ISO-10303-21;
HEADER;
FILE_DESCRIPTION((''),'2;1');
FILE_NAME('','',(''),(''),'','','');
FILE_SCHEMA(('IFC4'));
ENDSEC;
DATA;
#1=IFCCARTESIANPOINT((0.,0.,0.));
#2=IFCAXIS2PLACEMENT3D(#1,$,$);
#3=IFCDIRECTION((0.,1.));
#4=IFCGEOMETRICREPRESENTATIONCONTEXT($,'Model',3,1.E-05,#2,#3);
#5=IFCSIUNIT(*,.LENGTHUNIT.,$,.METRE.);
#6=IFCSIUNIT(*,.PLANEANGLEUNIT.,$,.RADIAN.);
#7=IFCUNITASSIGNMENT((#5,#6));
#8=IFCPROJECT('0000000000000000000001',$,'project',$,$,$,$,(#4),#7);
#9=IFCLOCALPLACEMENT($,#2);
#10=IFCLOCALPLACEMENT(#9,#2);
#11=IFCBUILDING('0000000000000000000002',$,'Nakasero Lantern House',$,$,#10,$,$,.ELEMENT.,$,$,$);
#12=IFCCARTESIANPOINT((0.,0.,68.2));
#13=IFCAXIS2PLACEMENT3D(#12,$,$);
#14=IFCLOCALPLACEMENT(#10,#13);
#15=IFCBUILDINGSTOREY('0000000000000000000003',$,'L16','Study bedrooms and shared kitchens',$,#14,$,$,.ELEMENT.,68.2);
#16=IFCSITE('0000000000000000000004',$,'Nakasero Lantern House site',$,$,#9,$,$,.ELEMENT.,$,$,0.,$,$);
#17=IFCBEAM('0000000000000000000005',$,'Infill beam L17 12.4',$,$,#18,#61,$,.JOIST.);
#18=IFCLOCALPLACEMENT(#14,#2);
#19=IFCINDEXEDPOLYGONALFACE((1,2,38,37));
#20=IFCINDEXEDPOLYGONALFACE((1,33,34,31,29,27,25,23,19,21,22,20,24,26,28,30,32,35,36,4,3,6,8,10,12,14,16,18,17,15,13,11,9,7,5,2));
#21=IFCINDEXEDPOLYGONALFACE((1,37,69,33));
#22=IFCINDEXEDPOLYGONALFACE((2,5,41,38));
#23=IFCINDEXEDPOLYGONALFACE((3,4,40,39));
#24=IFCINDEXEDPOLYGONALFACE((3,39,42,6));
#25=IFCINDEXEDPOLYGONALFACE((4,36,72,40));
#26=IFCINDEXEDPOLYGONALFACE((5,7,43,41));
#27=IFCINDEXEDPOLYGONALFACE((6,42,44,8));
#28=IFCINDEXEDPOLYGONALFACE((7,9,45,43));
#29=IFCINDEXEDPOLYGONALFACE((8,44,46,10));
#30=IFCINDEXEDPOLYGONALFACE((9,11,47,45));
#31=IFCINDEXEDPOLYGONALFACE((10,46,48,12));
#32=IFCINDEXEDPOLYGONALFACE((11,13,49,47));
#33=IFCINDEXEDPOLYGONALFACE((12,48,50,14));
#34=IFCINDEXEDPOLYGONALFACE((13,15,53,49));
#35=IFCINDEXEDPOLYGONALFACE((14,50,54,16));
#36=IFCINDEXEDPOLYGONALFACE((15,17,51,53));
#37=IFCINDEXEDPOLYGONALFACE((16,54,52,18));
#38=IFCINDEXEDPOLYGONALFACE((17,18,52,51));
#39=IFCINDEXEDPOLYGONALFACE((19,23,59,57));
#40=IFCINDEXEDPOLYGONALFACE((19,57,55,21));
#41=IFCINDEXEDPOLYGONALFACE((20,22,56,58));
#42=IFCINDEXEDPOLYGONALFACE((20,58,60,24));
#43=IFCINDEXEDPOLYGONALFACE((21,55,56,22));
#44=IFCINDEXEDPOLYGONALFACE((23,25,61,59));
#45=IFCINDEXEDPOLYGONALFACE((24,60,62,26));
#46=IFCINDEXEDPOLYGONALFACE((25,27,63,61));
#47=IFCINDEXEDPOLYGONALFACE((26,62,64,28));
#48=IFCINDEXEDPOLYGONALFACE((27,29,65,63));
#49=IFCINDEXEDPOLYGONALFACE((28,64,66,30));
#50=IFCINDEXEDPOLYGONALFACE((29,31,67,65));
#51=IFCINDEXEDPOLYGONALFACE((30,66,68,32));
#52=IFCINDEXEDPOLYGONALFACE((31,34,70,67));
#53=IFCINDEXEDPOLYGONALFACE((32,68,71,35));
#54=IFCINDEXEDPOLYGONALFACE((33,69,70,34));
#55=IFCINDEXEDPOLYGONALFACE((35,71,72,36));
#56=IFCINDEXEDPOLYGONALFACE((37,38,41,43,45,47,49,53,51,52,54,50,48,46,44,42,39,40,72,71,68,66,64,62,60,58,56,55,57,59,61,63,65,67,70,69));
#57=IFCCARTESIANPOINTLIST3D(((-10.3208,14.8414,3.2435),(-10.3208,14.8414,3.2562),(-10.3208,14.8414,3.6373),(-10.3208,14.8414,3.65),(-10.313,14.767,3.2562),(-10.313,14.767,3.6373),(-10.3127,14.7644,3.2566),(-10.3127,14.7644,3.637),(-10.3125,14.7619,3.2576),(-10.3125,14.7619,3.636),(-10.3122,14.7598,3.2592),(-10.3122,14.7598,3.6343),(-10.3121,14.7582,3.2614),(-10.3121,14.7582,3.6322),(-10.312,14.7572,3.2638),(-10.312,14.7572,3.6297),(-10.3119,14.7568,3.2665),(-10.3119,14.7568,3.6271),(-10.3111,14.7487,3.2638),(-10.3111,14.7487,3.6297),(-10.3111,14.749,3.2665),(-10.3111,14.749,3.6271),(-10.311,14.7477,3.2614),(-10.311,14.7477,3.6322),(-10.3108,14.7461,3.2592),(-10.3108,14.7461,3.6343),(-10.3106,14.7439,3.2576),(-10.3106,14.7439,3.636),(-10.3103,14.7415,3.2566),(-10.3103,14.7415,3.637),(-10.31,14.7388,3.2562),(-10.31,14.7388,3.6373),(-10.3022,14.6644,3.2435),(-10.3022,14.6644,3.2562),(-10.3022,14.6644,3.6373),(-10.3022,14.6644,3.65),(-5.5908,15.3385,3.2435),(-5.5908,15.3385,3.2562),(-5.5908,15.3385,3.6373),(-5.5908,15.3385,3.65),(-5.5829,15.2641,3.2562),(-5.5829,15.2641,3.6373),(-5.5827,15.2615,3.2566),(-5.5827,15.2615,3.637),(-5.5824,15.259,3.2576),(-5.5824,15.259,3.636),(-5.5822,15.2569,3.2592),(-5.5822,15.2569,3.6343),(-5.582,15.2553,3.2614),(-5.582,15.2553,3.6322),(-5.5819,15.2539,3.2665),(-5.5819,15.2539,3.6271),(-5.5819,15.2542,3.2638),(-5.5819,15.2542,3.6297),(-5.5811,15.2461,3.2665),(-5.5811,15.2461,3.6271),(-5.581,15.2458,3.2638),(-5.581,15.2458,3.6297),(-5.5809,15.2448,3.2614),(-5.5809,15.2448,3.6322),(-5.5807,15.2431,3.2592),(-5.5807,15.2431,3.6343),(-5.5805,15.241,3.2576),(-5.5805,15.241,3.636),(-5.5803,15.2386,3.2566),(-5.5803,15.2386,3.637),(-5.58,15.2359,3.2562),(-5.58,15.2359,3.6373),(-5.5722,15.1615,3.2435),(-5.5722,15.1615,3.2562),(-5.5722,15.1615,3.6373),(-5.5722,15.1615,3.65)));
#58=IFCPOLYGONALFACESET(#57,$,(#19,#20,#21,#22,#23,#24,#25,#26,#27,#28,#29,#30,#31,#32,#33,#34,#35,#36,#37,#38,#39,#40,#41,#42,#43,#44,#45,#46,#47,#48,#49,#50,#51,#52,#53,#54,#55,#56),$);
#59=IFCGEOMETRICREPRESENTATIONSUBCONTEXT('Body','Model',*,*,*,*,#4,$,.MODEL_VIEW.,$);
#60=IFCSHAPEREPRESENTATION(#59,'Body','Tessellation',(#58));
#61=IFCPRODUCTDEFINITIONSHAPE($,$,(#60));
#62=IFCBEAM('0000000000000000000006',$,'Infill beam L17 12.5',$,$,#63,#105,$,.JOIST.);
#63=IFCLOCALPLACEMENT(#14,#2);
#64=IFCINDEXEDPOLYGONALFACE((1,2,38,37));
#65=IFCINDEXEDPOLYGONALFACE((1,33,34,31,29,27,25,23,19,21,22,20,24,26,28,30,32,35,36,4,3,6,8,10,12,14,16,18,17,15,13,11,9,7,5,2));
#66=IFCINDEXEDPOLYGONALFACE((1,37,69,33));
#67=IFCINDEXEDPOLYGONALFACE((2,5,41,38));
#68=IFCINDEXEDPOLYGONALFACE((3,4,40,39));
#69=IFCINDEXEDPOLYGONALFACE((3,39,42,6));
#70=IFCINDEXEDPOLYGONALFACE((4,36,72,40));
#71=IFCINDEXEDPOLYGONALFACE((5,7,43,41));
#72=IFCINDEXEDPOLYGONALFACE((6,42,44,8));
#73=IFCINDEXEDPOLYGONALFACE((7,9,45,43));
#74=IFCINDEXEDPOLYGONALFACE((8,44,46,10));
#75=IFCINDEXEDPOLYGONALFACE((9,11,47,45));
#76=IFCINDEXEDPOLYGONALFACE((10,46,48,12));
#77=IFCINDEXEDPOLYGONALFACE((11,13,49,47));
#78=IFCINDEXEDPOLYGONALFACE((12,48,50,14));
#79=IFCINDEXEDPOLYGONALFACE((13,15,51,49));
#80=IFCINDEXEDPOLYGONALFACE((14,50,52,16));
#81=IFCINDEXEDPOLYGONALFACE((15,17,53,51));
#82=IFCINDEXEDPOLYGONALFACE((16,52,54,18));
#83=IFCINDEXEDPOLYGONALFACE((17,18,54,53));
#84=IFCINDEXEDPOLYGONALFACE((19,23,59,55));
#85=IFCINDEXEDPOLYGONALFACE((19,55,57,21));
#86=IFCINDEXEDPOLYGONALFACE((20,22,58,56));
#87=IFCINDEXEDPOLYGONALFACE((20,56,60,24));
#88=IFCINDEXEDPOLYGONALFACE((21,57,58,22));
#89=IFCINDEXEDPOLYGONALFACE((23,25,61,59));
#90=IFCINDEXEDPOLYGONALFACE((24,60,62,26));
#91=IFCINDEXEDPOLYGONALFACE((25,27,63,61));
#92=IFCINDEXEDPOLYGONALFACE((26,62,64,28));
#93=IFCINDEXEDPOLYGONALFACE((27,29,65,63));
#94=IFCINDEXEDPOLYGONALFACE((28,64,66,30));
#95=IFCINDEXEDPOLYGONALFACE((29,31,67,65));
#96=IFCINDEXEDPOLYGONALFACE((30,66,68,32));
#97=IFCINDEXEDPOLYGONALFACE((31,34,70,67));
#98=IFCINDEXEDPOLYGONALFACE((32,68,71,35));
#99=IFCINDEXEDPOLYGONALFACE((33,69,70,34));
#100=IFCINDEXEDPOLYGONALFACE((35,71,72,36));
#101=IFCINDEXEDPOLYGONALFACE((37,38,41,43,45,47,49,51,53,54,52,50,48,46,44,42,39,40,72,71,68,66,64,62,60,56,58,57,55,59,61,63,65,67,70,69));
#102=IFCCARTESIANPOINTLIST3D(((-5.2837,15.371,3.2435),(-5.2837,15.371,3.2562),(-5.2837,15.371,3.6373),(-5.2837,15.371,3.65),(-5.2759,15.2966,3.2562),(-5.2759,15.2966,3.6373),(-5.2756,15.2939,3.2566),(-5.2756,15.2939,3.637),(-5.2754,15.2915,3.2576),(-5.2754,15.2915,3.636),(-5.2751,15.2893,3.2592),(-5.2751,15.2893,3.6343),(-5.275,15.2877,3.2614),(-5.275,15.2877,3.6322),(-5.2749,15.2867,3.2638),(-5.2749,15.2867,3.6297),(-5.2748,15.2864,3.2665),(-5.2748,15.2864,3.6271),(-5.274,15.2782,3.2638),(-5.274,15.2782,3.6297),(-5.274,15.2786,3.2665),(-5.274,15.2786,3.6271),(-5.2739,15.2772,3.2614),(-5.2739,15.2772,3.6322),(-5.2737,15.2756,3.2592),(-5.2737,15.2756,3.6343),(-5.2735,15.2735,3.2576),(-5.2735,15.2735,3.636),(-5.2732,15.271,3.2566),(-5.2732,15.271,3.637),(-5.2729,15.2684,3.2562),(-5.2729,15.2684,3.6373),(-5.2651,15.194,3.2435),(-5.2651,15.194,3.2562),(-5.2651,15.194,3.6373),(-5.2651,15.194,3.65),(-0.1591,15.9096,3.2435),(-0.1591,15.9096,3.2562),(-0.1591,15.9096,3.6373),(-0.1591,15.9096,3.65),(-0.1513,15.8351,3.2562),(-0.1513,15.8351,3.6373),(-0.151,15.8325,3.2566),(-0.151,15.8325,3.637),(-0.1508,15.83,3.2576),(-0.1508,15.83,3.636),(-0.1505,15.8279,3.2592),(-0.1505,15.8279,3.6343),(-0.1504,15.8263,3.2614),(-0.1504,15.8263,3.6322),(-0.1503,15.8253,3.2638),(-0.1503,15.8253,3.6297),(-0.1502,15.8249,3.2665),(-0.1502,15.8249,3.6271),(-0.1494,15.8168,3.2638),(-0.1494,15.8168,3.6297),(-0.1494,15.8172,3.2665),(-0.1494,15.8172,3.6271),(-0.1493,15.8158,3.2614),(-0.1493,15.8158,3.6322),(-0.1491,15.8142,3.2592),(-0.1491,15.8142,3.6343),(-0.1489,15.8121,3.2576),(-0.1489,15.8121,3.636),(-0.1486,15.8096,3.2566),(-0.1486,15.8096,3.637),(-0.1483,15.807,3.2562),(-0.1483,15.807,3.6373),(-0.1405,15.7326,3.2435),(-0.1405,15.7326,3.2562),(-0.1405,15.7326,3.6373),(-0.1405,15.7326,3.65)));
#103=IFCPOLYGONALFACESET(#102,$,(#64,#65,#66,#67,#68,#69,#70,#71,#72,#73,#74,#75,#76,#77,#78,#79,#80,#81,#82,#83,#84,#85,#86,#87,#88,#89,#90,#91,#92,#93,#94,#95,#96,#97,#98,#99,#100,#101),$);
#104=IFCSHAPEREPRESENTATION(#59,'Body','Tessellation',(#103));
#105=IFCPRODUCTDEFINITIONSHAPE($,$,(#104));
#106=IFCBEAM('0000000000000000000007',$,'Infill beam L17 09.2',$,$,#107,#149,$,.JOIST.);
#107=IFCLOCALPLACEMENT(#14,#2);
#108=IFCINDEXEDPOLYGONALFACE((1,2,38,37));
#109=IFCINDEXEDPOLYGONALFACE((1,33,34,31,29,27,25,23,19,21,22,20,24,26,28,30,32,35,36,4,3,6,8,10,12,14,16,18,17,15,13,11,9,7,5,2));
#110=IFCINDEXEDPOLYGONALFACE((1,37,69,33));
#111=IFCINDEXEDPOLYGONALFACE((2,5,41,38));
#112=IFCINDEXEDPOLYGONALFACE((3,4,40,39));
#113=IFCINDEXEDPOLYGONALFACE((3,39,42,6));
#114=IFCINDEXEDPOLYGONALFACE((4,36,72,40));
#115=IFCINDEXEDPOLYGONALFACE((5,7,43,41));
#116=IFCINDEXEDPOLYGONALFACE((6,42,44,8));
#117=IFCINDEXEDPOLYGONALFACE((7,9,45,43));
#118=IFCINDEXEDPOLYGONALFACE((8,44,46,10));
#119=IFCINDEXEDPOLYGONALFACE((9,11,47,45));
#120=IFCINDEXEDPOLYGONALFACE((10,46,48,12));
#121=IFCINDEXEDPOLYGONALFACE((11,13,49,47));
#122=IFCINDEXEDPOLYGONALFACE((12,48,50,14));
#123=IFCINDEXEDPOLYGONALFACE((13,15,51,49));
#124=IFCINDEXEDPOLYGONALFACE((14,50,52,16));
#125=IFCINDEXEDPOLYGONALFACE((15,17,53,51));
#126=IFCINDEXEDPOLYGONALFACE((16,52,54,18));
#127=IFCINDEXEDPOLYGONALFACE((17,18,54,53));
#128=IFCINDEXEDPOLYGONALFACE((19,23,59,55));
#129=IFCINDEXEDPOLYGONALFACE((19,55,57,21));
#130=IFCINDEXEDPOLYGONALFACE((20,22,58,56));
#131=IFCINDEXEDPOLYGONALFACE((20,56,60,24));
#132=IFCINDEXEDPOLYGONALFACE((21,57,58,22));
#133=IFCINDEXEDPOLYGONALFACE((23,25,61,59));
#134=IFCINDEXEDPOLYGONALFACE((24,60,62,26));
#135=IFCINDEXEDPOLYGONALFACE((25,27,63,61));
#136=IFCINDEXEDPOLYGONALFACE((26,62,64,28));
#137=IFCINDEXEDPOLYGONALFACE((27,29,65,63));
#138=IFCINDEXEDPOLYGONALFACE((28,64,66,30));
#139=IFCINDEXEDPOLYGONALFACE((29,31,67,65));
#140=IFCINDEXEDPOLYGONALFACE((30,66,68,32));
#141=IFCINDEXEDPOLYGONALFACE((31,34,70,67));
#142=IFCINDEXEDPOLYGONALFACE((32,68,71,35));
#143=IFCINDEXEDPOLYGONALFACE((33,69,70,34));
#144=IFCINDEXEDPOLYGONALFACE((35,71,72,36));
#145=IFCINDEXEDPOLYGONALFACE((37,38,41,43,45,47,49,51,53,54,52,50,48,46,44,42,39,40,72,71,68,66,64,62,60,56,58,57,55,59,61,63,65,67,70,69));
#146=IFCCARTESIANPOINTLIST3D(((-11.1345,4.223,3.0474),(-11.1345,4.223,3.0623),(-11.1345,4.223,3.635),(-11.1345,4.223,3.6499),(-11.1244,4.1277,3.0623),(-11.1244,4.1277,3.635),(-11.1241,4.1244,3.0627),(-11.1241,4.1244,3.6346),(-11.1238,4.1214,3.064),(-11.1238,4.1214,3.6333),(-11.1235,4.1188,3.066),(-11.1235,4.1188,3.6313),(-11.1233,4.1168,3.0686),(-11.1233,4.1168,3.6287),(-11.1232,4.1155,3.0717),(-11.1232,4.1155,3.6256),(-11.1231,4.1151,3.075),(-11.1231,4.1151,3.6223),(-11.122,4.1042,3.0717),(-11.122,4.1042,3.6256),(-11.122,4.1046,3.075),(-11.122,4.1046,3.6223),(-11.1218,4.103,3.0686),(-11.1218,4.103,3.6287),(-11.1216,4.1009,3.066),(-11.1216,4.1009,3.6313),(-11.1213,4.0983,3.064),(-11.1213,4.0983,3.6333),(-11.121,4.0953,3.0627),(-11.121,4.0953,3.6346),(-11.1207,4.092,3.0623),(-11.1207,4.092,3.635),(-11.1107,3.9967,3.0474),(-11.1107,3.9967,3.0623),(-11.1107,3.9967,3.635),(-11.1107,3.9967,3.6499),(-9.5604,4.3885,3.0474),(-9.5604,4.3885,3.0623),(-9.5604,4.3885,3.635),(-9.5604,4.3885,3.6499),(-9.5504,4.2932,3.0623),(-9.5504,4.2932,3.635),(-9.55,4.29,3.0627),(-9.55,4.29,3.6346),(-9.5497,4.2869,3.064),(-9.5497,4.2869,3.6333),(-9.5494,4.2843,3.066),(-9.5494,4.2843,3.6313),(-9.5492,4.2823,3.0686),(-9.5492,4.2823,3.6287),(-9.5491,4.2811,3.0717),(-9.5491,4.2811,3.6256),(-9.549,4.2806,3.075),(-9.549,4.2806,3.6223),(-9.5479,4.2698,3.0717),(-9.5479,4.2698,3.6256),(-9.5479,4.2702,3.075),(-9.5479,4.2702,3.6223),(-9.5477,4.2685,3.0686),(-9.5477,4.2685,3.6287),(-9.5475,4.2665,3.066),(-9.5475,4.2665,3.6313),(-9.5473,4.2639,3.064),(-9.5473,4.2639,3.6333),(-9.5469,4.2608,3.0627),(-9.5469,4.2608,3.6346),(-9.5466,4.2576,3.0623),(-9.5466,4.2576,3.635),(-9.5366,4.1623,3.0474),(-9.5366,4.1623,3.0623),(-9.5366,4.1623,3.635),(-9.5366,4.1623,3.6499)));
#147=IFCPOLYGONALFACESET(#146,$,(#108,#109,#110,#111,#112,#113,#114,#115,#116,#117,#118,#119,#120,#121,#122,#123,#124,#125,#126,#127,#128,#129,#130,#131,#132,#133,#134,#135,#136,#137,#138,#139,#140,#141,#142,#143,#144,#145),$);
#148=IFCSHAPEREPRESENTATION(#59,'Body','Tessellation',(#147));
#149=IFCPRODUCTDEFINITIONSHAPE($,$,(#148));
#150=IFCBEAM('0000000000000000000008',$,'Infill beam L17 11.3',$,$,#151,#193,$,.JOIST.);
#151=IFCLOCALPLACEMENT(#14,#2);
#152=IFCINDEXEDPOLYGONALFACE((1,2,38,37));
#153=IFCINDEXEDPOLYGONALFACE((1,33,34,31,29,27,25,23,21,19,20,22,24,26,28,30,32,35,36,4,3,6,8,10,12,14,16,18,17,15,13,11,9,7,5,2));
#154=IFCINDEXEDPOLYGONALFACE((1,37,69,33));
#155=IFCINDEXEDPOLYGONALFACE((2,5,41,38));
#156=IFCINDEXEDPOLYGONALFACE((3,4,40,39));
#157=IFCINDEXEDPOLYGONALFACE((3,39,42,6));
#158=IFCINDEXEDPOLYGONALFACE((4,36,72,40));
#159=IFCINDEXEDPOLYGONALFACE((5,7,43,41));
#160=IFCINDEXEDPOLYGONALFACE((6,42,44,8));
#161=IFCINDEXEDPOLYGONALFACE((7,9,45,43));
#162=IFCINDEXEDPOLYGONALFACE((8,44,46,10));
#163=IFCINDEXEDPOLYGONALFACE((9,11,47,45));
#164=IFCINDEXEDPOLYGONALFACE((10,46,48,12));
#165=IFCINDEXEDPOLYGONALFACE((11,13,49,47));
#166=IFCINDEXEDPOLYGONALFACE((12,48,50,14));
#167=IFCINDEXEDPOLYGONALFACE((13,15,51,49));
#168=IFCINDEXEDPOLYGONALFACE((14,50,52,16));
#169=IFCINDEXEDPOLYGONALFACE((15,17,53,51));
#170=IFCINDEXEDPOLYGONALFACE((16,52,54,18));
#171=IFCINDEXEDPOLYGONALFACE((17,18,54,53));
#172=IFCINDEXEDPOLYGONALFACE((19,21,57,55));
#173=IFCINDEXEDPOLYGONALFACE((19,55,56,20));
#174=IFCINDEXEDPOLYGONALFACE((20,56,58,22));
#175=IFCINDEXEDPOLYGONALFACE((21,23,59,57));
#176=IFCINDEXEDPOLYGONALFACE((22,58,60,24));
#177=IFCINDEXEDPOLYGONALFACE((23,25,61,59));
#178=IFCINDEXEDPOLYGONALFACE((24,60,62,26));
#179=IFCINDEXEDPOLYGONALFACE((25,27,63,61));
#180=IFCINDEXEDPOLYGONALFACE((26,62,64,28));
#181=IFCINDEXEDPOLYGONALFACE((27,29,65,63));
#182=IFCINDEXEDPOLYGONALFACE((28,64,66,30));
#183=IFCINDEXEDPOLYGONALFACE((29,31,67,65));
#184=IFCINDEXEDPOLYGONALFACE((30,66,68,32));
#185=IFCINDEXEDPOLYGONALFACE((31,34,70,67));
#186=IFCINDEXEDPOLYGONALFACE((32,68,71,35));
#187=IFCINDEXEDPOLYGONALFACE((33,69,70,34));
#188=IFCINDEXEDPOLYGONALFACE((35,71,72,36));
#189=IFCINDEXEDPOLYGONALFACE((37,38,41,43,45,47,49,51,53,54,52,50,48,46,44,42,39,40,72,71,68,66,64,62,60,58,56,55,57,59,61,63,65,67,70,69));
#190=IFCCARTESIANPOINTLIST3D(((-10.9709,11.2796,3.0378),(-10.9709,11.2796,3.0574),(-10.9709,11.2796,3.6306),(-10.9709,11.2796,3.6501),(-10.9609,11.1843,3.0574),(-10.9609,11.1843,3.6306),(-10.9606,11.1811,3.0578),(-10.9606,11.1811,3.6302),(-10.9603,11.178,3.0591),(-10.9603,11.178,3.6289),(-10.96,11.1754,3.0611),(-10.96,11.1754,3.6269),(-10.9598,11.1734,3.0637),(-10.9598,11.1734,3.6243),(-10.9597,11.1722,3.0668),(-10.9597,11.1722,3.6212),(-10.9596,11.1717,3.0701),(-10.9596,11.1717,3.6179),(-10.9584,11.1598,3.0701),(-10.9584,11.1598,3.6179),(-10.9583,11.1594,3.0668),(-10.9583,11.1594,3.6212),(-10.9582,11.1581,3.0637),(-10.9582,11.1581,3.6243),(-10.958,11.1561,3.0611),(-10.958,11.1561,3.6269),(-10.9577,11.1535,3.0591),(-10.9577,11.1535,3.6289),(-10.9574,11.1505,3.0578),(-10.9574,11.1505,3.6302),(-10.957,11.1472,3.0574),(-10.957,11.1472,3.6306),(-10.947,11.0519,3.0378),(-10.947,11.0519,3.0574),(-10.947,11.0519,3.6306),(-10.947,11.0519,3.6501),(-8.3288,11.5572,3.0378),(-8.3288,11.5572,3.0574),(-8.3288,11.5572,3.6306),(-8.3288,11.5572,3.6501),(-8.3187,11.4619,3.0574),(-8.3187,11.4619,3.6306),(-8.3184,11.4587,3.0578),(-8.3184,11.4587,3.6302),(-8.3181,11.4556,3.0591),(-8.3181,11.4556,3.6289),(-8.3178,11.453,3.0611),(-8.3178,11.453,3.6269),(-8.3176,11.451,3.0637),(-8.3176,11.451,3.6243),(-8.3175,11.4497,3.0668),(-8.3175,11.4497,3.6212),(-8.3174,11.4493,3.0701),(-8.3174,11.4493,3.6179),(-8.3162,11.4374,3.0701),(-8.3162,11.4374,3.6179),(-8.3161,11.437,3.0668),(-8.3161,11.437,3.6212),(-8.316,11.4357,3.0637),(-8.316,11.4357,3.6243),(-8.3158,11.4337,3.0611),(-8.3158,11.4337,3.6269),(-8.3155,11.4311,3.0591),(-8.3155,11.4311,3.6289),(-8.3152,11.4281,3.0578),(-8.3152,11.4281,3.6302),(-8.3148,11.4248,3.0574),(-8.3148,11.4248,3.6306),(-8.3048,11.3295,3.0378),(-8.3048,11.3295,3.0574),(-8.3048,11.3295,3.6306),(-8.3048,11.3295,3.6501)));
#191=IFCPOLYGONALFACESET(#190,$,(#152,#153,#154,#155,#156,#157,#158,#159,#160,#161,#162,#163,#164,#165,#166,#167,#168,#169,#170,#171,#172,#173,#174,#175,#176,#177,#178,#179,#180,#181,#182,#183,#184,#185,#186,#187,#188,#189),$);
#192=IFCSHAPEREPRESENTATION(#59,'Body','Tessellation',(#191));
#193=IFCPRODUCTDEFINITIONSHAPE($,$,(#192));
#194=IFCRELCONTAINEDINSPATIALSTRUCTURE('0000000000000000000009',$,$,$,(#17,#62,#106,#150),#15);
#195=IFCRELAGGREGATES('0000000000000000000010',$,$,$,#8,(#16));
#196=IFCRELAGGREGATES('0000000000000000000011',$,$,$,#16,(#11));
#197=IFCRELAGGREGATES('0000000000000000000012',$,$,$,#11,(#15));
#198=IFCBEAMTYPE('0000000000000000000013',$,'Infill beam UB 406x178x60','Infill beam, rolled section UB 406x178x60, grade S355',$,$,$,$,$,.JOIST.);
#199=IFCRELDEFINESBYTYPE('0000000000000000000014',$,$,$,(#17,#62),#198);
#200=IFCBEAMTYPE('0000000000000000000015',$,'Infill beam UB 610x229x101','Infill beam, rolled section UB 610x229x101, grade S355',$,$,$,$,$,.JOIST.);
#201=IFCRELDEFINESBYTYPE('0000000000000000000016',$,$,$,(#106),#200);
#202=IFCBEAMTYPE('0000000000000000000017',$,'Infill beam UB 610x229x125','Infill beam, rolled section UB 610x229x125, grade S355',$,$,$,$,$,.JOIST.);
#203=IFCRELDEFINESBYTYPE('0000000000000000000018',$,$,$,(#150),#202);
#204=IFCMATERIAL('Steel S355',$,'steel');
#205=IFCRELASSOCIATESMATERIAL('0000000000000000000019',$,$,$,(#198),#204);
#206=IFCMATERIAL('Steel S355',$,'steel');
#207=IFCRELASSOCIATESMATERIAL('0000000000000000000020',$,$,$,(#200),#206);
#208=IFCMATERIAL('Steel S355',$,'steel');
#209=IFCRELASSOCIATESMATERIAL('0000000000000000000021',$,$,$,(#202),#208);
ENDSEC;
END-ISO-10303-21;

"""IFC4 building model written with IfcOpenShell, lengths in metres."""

from ifc_helpers import new_model, si_unit, direction, frame, origin, origin_2d, place, context, subcontext, project, spatial, i_section, extrude, material, material_profile, profile_set, type_object, element, save


model = new_model("IFC4")

# Units and contexts
model_context = context("Model", 3, precision=1e-05, world=origin(), true_north=direction((0.0, 1.0)))
body_context = subcontext(model_context, "Body", "Model", "MODEL_VIEW")
ifc_project = project(units=[si_unit("LENGTHUNIT", "METRE"), si_unit("PLANEANGLEUNIT", "RADIAN")], contexts=[model_context])

# Site, building, storey
site_placement = place(None, origin())
site = spatial("IfcSite", under=ifc_project, at=site_placement, Name="Nakasero Lantern House site", CompositionType="ELEMENT", RefElevation=0.0)
building_placement = place(site_placement, origin())
building = spatial("IfcBuilding", under=site, at=building_placement, Name="Nakasero Lantern House", CompositionType="ELEMENT")
storey_placement = place(building_placement, frame((0.0, 0.0, 68.2)))
storey = spatial("IfcBuildingStorey", under=building, at=storey_placement, Name="L16", Description="Study bedrooms and shared kitchens", CompositionType="ELEMENT", Elevation=68.2)

# Beams
ifc_material_1 = material(Name="Steel S355", Category="steel")
ifc_material_profile_1 = material_profile(ifc_material_1, i_section(OverallWidth=0.178, OverallDepth=0.4065, WebThickness=0.0078, FlangeThickness=0.0127, FilletRadius=0.0103, at=origin_2d()), Name="UB 406x178x60")
ifc_profile_set_1 = profile_set([ifc_material_profile_1], Name="Steel S355")
beam_type_1 = type_object("IfcBeamType", Name="Infill beam UB 406x178x60", Description="Infill beam, rolled section UB 406x178x60, grade S355", PredefinedType="JOIST", material=ifc_profile_set_1)
beam_1_placement = place(storey_placement, frame((-10.3115, 14.7529, 3.4468), z_axis=(0.994523, 0.104514, 0.0), x_axis=(-0.104514, 0.994523, 0.0)))
element("IfcBeam", 1, at=beam_1_placement, inside=storey, type_object=beam_type_1, Name="Infill beam L17 12.4", PredefinedType="JOIST", context=body_context, shape_type="SweptSolid", body=[
    extrude(i_section(OverallWidth=0.178, OverallDepth=0.4065, WebThickness=0.0078, FlangeThickness=0.0127, FilletRadius=0.0103, at=origin_2d()), origin(), (0.0, 0.0, 1.0), 4.7561),
])
beam_2_placement = place(storey_placement, frame((-5.2744, 15.2825, 3.4468), z_axis=(0.994523, 0.104522, 0.0), x_axis=(-0.104522, 0.994523, 0.0)))
element("IfcBeam", 2, at=beam_2_placement, inside=storey, type_object=beam_type_1, Name="Infill beam L17 12.5", PredefinedType="JOIST", context=body_context, shape_type="SweptSolid", body=[
    extrude(i_section(OverallWidth=0.178, OverallDepth=0.4065, WebThickness=0.0078, FlangeThickness=0.0127, FilletRadius=0.0103, at=origin_2d()), origin(), (0.0, 0.0, 1.0), 5.1528),
])
ifc_material_2 = material(Name="Steel S355", Category="steel")
ifc_material_profile_2 = material_profile(ifc_material_2, i_section(OverallWidth=0.2275, OverallDepth=0.6025, WebThickness=0.0105, FlangeThickness=0.0149, FilletRadius=0.0127, at=origin_2d()), Name="UB 610x229x101")
ifc_profile_set_2 = profile_set([ifc_material_profile_2], Name="Steel S355")
beam_type_2 = type_object("IfcBeamType", Name="Infill beam UB 610x229x101", Description="Infill beam, rolled section UB 610x229x101, grade S355", PredefinedType="JOIST", material=ifc_profile_set_2)
beam_3_placement = place(storey_placement, frame((-11.1226, 4.1099, 3.3486), z_axis=(0.994516, 0.104588, 0.0), x_axis=(-0.104588, 0.994516, 0.0)))
element("IfcBeam", 3, at=beam_3_placement, inside=storey, type_object=beam_type_2, Name="Infill beam L17 09.2", PredefinedType="JOIST", context=body_context, shape_type="SweptSolid", body=[
    extrude(i_section(OverallWidth=0.2275, OverallDepth=0.6025, WebThickness=0.0105, FlangeThickness=0.0149, FilletRadius=0.0127, at=origin_2d()), origin(), (0.0, 0.0, 1.0), 1.5828),
])
ifc_material_3 = material(Name="Steel S355", Category="steel")
ifc_material_profile_3 = material_profile(ifc_material_3, i_section(OverallWidth=0.229, OverallDepth=0.6123, WebThickness=0.012, FlangeThickness=0.0195, FilletRadius=0.0127, at=origin_2d()), Name="UB 610x229x125")
ifc_profile_set_3 = profile_set([ifc_material_profile_3], Name="Steel S355")
beam_type_3 = type_object("IfcBeamType", Name="Infill beam UB 610x229x125", Description="Infill beam, rolled section UB 610x229x125, grade S355", PredefinedType="JOIST", material=ifc_profile_set_3)
beam_4_placement = place(storey_placement, frame((-10.959, 11.1658, 3.344), z_axis=(0.994526, 0.104489, 0.0), x_axis=(-0.104489, 0.994526, 0.0)))
element("IfcBeam", 4, at=beam_4_placement, inside=storey, type_object=beam_type_3, Name="Infill beam L17 11.3", PredefinedType="JOIST", context=body_context, shape_type="SweptSolid", body=[
    extrude(i_section(OverallWidth=0.229, OverallDepth=0.6123, WebThickness=0.012, FlangeThickness=0.0195, FilletRadius=0.0127, at=origin_2d()), origin(), (0.0, 0.0, 1.0), 2.6567),
])

save(model, "model.ifc")
